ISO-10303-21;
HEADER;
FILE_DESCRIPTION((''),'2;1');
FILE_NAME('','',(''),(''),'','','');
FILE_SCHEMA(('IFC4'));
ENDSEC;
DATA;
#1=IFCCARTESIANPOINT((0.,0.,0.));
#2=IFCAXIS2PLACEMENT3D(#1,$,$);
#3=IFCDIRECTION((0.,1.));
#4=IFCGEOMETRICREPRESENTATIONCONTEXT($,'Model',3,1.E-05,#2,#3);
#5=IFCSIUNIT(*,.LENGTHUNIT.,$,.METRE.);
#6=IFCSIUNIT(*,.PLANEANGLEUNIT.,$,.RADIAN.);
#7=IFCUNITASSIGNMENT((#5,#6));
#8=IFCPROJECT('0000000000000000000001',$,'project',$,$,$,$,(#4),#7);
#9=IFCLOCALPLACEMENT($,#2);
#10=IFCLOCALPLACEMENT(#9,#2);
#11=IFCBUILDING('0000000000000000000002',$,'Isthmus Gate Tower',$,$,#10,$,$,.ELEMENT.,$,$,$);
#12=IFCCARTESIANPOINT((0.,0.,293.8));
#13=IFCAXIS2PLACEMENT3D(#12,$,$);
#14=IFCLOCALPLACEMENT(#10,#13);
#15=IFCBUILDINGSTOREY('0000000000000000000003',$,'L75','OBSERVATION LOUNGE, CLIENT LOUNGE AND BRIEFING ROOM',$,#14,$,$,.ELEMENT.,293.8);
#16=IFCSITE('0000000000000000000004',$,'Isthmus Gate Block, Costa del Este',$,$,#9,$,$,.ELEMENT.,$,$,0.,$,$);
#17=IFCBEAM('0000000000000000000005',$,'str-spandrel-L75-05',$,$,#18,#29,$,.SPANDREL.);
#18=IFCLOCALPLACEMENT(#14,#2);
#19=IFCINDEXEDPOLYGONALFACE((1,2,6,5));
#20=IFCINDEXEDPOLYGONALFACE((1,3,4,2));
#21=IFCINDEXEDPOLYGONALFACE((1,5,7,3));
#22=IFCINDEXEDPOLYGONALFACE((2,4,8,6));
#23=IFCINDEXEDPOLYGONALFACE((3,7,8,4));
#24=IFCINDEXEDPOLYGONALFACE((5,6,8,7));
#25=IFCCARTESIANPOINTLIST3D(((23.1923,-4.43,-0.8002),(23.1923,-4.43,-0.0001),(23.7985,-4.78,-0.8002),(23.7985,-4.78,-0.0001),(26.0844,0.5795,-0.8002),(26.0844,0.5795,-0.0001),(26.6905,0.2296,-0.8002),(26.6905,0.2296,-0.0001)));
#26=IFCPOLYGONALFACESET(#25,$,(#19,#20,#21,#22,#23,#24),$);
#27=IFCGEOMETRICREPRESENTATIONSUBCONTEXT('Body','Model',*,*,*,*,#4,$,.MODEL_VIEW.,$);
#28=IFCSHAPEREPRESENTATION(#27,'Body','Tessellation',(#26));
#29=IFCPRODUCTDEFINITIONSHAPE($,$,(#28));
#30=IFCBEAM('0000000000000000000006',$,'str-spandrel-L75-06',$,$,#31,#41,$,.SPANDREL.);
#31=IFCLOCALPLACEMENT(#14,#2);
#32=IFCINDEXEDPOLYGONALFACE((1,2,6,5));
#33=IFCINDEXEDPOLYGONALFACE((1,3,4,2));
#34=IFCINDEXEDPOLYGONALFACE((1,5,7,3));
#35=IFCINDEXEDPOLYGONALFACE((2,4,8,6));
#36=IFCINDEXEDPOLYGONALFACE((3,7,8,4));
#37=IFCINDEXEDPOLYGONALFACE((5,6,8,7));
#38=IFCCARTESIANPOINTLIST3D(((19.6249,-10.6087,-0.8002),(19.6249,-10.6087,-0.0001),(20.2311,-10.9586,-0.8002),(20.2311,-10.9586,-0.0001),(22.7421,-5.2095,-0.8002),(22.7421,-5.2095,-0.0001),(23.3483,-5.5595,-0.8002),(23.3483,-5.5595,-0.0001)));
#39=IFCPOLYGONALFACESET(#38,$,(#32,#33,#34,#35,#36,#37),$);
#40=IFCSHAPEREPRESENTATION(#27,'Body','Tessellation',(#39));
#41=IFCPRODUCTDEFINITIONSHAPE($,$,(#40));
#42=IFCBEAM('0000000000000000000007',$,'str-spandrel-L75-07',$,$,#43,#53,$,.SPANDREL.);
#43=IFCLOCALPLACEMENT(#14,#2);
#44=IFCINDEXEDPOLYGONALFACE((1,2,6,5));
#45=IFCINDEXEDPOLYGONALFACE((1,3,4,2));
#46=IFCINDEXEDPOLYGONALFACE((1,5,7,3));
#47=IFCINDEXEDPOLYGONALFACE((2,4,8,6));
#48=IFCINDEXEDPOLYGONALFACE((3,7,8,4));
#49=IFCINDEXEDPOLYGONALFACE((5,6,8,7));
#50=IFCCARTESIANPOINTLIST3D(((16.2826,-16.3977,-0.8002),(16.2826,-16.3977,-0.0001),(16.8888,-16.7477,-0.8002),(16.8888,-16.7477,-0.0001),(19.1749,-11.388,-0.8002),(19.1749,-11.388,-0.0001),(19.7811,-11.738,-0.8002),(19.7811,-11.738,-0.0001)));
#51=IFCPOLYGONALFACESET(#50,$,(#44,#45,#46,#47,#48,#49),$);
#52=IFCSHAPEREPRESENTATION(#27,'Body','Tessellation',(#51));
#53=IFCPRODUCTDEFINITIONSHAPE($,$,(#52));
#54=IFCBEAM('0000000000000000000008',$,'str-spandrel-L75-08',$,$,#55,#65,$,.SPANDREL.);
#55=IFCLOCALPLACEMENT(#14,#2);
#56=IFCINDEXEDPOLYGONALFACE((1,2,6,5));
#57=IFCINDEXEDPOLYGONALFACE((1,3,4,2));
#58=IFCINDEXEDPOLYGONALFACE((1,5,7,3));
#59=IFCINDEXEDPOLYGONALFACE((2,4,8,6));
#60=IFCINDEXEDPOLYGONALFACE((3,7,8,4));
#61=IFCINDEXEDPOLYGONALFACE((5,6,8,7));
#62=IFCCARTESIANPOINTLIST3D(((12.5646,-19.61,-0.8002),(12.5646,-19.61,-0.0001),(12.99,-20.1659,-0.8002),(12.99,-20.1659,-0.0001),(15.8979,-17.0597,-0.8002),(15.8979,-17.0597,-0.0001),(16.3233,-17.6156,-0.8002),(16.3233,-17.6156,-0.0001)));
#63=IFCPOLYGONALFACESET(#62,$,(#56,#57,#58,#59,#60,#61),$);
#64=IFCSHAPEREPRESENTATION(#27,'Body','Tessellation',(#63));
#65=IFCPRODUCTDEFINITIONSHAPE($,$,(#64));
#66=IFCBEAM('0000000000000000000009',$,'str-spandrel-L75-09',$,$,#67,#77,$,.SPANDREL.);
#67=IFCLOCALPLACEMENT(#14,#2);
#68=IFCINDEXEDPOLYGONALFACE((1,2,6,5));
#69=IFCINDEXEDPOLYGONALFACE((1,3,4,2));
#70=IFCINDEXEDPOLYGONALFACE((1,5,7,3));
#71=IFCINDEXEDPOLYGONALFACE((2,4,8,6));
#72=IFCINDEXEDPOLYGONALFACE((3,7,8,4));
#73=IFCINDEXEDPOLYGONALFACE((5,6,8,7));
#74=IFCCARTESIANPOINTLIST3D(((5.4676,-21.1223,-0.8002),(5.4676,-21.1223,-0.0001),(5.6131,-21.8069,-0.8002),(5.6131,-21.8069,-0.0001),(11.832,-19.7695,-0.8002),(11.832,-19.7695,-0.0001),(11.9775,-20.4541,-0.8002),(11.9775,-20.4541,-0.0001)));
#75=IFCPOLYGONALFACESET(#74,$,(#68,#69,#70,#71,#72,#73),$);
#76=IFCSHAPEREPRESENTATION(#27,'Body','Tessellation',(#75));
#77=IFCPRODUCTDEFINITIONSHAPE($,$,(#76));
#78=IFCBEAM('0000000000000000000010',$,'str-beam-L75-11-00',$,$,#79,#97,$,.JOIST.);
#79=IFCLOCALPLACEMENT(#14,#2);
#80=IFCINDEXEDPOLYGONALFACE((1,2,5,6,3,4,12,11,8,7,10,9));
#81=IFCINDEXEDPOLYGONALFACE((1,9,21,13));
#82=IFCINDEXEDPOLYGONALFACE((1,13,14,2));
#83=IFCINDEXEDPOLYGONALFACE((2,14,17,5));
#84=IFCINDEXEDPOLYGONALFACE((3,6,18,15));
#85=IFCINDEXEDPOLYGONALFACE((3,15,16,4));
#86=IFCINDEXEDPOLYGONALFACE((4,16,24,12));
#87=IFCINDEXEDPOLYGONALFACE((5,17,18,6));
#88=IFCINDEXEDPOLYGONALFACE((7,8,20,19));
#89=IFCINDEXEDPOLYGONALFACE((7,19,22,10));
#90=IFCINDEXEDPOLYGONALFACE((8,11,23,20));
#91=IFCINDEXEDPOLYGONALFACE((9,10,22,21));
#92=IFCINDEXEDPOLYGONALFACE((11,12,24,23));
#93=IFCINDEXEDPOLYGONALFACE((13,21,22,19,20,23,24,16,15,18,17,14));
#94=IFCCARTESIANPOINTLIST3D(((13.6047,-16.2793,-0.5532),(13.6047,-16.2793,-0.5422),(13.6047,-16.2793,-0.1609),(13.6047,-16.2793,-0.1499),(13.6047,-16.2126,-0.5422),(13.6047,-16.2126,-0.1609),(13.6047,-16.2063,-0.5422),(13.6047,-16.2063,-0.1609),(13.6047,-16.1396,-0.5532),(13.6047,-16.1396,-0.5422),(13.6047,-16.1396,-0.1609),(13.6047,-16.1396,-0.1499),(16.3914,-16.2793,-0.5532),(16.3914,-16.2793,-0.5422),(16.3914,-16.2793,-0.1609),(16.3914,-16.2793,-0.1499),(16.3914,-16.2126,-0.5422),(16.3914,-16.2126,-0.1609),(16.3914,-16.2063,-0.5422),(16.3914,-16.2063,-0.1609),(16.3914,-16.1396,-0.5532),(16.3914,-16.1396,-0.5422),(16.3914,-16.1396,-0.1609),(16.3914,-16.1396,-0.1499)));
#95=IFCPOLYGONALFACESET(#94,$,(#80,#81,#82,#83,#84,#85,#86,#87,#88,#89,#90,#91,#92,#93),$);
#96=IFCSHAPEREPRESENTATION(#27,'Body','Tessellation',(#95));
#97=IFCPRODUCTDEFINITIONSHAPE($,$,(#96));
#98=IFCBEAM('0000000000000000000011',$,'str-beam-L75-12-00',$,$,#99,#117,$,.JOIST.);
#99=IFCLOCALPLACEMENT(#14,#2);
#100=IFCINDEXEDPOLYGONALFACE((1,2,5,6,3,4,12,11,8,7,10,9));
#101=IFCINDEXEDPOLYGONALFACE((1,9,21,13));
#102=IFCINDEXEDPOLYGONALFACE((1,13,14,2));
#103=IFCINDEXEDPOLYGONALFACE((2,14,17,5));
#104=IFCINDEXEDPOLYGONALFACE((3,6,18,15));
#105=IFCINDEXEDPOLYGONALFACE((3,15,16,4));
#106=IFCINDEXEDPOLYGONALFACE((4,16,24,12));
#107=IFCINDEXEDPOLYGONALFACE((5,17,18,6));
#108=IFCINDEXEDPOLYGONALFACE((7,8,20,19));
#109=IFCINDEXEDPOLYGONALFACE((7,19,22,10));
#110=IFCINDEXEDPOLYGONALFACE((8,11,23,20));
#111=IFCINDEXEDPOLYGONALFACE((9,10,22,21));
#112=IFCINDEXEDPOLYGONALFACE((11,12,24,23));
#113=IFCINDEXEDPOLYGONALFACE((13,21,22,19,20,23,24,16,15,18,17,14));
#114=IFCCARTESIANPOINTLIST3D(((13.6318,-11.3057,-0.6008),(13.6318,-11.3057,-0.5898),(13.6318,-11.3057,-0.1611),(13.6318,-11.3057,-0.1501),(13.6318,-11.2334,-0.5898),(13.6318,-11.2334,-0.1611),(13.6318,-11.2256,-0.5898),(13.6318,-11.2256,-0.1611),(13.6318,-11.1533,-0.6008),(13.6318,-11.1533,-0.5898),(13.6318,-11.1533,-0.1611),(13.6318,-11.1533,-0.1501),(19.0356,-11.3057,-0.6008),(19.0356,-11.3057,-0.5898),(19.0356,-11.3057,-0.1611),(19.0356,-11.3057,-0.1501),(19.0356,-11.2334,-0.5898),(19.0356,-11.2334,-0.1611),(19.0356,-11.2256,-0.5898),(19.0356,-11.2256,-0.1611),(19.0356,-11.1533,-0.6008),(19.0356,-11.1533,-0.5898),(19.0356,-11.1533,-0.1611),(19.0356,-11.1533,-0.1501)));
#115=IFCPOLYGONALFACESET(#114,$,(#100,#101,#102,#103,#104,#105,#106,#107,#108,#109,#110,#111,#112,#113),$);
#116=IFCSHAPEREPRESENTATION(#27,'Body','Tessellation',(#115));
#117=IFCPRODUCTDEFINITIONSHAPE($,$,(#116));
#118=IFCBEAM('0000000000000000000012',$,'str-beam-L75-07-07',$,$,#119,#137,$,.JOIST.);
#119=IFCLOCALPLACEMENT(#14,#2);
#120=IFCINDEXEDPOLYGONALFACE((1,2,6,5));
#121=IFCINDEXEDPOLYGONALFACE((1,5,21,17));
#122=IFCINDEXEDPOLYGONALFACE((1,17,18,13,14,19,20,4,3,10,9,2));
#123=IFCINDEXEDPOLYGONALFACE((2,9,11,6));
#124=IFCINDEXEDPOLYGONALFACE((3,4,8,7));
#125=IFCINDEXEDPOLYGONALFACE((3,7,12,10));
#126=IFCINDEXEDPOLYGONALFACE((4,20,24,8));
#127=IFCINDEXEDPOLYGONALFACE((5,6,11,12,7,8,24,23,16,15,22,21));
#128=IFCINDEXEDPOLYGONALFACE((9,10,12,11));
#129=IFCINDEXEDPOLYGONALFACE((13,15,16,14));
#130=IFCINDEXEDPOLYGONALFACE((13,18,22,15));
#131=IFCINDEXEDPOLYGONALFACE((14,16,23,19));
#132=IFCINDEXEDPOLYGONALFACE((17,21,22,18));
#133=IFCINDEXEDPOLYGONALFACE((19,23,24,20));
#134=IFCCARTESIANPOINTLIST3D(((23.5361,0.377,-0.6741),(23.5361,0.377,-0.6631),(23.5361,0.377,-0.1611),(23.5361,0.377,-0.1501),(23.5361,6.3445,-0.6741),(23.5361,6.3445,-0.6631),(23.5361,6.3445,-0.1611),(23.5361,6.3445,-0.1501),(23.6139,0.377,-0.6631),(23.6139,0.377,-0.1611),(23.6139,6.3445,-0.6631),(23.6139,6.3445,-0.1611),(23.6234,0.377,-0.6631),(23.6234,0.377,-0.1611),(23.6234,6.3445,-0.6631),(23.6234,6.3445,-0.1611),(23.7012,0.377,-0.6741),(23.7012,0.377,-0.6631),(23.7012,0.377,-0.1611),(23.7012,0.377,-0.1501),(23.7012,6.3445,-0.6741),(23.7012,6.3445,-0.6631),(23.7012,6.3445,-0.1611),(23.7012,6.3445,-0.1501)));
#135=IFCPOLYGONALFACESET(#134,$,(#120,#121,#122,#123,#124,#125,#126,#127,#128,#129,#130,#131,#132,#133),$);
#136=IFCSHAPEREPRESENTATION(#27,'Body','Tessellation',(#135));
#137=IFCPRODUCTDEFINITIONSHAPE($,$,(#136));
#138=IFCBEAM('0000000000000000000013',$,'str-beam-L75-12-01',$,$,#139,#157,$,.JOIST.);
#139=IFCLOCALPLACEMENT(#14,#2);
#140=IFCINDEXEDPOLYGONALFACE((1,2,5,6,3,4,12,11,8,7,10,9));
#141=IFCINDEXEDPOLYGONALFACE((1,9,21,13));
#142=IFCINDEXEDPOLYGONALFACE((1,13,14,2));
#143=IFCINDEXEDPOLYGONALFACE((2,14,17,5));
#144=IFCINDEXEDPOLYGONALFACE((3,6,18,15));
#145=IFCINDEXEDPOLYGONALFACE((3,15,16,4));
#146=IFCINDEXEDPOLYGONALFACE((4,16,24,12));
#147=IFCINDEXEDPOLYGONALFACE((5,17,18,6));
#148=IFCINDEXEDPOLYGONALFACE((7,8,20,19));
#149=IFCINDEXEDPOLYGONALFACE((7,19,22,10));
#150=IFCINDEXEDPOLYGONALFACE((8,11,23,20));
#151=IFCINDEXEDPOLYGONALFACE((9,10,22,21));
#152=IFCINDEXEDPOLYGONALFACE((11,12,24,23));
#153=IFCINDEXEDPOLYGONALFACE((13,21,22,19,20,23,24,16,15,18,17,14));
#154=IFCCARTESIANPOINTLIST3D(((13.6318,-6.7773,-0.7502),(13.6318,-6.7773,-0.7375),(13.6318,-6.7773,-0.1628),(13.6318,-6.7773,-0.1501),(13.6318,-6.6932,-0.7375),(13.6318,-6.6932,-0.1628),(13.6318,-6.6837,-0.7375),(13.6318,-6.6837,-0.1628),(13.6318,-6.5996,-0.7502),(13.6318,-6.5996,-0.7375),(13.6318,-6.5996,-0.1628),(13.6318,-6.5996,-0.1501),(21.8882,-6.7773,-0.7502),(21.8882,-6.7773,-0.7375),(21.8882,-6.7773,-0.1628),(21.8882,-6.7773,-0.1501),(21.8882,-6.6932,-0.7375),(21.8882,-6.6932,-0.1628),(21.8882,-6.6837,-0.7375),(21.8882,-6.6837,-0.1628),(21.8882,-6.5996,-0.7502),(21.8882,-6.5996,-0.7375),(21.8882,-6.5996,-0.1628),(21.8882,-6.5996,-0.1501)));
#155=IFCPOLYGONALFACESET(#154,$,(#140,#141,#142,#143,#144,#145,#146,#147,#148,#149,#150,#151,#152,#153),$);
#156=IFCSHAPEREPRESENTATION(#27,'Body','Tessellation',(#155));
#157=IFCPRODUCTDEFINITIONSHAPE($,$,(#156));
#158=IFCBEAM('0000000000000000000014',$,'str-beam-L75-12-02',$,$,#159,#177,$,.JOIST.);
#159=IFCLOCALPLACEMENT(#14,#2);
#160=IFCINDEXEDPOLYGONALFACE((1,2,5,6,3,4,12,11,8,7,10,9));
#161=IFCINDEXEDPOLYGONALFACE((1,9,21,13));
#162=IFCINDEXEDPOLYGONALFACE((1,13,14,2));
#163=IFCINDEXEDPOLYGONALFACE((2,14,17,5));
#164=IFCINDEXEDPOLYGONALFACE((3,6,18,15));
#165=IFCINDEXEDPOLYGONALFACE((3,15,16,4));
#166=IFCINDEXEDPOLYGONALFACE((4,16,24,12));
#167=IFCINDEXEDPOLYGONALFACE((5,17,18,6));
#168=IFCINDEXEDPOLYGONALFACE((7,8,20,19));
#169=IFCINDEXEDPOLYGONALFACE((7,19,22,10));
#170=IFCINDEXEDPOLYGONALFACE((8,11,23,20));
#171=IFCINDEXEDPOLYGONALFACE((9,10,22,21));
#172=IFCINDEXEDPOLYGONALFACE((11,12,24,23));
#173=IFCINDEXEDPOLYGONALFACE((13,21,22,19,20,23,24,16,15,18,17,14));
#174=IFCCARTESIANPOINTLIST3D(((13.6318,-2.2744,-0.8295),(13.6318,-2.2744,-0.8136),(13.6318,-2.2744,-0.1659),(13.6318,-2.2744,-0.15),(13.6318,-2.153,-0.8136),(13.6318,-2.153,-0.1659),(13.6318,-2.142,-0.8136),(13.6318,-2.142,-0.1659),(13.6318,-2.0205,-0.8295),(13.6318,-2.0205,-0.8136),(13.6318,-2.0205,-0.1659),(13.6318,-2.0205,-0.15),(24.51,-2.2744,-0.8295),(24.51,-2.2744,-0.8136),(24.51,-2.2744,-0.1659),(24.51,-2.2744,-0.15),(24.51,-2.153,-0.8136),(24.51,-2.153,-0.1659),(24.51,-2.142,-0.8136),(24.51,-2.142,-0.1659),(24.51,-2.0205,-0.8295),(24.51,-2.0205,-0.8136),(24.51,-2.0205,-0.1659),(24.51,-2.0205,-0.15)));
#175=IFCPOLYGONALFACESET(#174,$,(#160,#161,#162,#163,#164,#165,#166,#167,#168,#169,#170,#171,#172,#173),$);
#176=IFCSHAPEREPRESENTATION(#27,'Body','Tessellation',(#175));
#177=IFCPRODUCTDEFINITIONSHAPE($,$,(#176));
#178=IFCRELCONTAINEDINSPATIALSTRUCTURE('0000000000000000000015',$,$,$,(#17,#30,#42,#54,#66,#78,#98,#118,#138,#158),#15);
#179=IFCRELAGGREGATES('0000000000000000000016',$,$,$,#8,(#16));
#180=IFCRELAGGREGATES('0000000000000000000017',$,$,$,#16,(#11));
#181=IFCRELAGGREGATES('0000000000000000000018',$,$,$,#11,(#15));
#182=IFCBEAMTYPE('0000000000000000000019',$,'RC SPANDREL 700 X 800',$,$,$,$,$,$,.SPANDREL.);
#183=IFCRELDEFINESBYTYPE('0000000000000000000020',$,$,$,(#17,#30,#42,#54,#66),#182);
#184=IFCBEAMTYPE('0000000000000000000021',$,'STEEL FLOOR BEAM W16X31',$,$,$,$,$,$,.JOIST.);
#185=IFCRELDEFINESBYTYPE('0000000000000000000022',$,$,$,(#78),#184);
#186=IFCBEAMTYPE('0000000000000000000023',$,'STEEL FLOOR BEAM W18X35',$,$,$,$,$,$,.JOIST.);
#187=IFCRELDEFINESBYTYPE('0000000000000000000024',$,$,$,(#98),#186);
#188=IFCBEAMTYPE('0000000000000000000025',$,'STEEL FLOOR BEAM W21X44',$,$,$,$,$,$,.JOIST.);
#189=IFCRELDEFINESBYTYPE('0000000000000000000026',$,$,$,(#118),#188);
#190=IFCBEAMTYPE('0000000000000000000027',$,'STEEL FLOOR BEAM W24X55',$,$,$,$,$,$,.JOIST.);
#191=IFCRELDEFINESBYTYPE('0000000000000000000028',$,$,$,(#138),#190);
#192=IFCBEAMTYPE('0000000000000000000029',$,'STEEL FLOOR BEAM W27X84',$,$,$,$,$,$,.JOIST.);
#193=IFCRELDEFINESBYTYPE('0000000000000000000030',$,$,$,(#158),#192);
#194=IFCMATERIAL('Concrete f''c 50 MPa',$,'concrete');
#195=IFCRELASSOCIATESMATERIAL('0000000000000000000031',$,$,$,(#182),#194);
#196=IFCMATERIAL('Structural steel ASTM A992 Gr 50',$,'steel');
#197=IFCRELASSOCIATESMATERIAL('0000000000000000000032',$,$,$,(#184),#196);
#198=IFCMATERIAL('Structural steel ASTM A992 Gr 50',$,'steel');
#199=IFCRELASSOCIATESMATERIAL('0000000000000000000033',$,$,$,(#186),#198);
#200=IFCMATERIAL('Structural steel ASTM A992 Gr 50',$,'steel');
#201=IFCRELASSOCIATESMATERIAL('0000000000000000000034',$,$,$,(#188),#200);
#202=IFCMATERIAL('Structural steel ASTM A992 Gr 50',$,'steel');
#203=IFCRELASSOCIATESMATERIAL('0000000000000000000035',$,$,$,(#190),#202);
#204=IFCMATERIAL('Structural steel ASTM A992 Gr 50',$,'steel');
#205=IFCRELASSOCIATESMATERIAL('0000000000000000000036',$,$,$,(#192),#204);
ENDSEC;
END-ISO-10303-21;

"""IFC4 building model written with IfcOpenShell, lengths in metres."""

from ifc_helpers import new_model, si_unit, direction, frame, origin, origin_2d, place, context, subcontext, project, spatial, rectangle, i_section, extrude, material, material_profile, profile_set, type_object, element, save


model = new_model("IFC4")

# Units and contexts
model_context = context("Model", 3, precision=1e-05, world=origin(), true_north=direction((0.0, 1.0)))
body_context = subcontext(model_context, "Body", "Model", "MODEL_VIEW")
ifc_project = project(units=[si_unit("LENGTHUNIT", "METRE"), si_unit("PLANEANGLEUNIT", "RADIAN")], contexts=[model_context])

# Site, building, storey
site_placement = place(None, origin())
site = spatial("IfcSite", under=ifc_project, at=site_placement, Name="Isthmus Gate Block, Costa del Este", CompositionType="ELEMENT", RefElevation=0.0)
building_placement = place(site_placement, origin())
building = spatial("IfcBuilding", under=site, at=building_placement, Name="Isthmus Gate Tower", CompositionType="ELEMENT")
storey_placement = place(building_placement, frame((0.0, 0.0, 293.8)))
storey = spatial("IfcBuildingStorey", under=building, at=storey_placement, Name="L75", Description="OBSERVATION LOUNGE, CLIENT LOUNGE AND BRIEFING ROOM", CompositionType="ELEMENT", Elevation=293.8)

# Beams
ifc_material_1 = material(Name="Concrete f'c 50 MPa", Category="concrete")
ifc_material_profile_1 = material_profile(ifc_material_1, rectangle(XDim=0.7, YDim=0.8, at=origin_2d()), Name="RC 700X800")
ifc_profile_set_1 = profile_set([ifc_material_profile_1], Name="Concrete f'c 50 MPa")
beam_type_1 = type_object("IfcBeamType", Name="RC SPANDREL 700 X 800", PredefinedType="SPANDREL", material=ifc_profile_set_1)
beam_1_placement = place(storey_placement, frame((26.3875, 0.4045, -0.4001), z_axis=(-0.499979, -0.866037, 0.0), x_axis=(0.866037, -0.499979, 0.0)))
element("IfcBeam", 1, at=beam_1_placement, inside=storey, type_object=beam_type_1, Name="str-spandrel-L75-05", PredefinedType="SPANDREL", context=body_context, shape_type="SweptSolid", body=[
    extrude(rectangle(XDim=0.7, YDim=0.8, at=origin_2d()), origin(), (0.0, 0.0, 1.0), 5.7844),
])
beam_2_placement = place(storey_placement, frame((23.0452, -5.3845, -0.4001), z_axis=(-0.499997, -0.866027, 0.0), x_axis=(0.866027, -0.499997, 0.0)))
element("IfcBeam", 2, at=beam_2_placement, inside=storey, type_object=beam_type_1, Name="str-spandrel-L75-06", PredefinedType="SPANDREL", context=body_context, shape_type="SweptSolid", body=[
    extrude(rectangle(XDim=0.7, YDim=0.8, at=origin_2d()), origin(), (0.0, 0.0, 1.0), 6.2344),
])
beam_3_placement = place(storey_placement, frame((19.478, -11.563, -0.4001), z_axis=(-0.499993, -0.86603, 0.0), x_axis=(0.86603, -0.499993, 0.0)))
element("IfcBeam", 3, at=beam_3_placement, inside=storey, type_object=beam_type_1, Name="str-spandrel-L75-07", PredefinedType="SPANDREL", context=body_context, shape_type="SweptSolid", body=[
    extrude(rectangle(XDim=0.7, YDim=0.8, at=origin_2d()), origin(), (0.0, 0.0, 1.0), 5.7847),
])
beam_4_placement = place(storey_placement, frame((16.1106, -17.3376, -0.4001), z_axis=(-0.794204, -0.607651, 0.0), x_axis=(0.607651, -0.794204, 0.0)))
element("IfcBeam", 4, at=beam_4_placement, inside=storey, type_object=beam_type_1, Name="str-spandrel-L75-08", PredefinedType="SPANDREL", context=body_context, shape_type="SweptSolid", body=[
    extrude(rectangle(XDim=0.7, YDim=0.8, at=origin_2d()), origin(), (0.0, 0.0, 1.0), 4.197),
])
beam_5_placement = place(storey_placement, frame((11.9048, -20.1118, -0.4001), z_axis=(-0.978149, -0.207907, 0.0), x_axis=(0.207907, -0.978149, 0.0)))
element("IfcBeam", 5, at=beam_5_placement, inside=storey, type_object=beam_type_1, Name="str-spandrel-L75-09", PredefinedType="SPANDREL", context=body_context, shape_type="SweptSolid", body=[
    extrude(rectangle(XDim=0.7, YDim=0.8, at=origin_2d()), origin(), (0.0, 0.0, 1.0), 6.5066),
])
ifc_material_2 = material(Name="Structural steel ASTM A992 Gr 50", Category="steel")
ifc_material_profile_2 = material_profile(ifc_material_2, i_section(OverallWidth=0.1396, OverallDepth=0.4033, WebThickness=0.0063, FlangeThickness=0.011, at=origin_2d()), Name="W16X31")
ifc_profile_set_2 = profile_set([ifc_material_profile_2], Name="Structural steel ASTM A992 Gr 50")
beam_type_2 = type_object("IfcBeamType", Name="STEEL FLOOR BEAM W16X31", PredefinedType="JOIST", material=ifc_profile_set_2)
beam_6_placement = place(storey_placement, frame((13.6047, -16.2095, -0.3516), z_axis=(1.0, 0.0, 0.0), x_axis=(0.0, 1.0, 0.0)))
element("IfcBeam", 6, at=beam_6_placement, inside=storey, type_object=beam_type_2, Name="str-beam-L75-11-00", PredefinedType="JOIST", context=body_context, shape_type="SweptSolid", body=[
    extrude(i_section(OverallWidth=0.1396, OverallDepth=0.4033, WebThickness=0.0063, FlangeThickness=0.011, at=origin_2d()), origin(), (0.0, 0.0, 1.0), 2.7866),
])
ifc_material_3 = material(Name="Structural steel ASTM A992 Gr 50", Category="steel")
ifc_material_profile_3 = material_profile(ifc_material_3, i_section(OverallWidth=0.1523, OverallDepth=0.4507, WebThickness=0.0078, FlangeThickness=0.011, at=origin_2d()), Name="W18X35")
ifc_profile_set_3 = profile_set([ifc_material_profile_3], Name="Structural steel ASTM A992 Gr 50")
beam_type_3 = type_object("IfcBeamType", Name="STEEL FLOOR BEAM W18X35", PredefinedType="JOIST", material=ifc_profile_set_3)
beam_7_placement = place(storey_placement, frame((13.6318, -11.2295, -0.3755), z_axis=(1.0, 0.0, 0.0), x_axis=(0.0, 1.0, 0.0)))
element("IfcBeam", 7, at=beam_7_placement, inside=storey, type_object=beam_type_3, Name="str-beam-L75-12-00", PredefinedType="JOIST", context=body_context, shape_type="SweptSolid", body=[
    extrude(i_section(OverallWidth=0.1523, OverallDepth=0.4507, WebThickness=0.0078, FlangeThickness=0.011, at=origin_2d()), origin(), (0.0, 0.0, 1.0), 5.4038),
])
ifc_material_4 = material(Name="Structural steel ASTM A992 Gr 50", Category="steel")
ifc_material_profile_4 = material_profile(ifc_material_4, i_section(OverallWidth=0.165, OverallDepth=0.5239, WebThickness=0.0095, FlangeThickness=0.011, at=origin_2d()), Name="W21X44")
ifc_profile_set_4 = profile_set([ifc_material_profile_4], Name="Structural steel ASTM A992 Gr 50")
beam_type_4 = type_object("IfcBeamType", Name="STEEL FLOOR BEAM W21X44", PredefinedType="JOIST", material=ifc_profile_set_4)
beam_8_placement = place(storey_placement, frame((23.6187, 0.377, -0.4121), z_axis=(0.0, 1.0, 0.0), x_axis=(-1.0, 0.0, 0.0)))
element("IfcBeam", 8, at=beam_8_placement, inside=storey, type_object=beam_type_4, Name="str-beam-L75-07-07", PredefinedType="JOIST", context=body_context, shape_type="SweptSolid", body=[
    extrude(i_section(OverallWidth=0.165, OverallDepth=0.5239, WebThickness=0.0095, FlangeThickness=0.011, at=origin_2d()), origin(), (0.0, 0.0, 1.0), 5.9675),
])
ifc_material_5 = material(Name="Structural steel ASTM A992 Gr 50", Category="steel")
ifc_material_profile_5 = material_profile(ifc_material_5, i_section(OverallWidth=0.1777, OverallDepth=0.6001, WebThickness=0.0095, FlangeThickness=0.0127, at=origin_2d()), Name="W24X55")
ifc_profile_set_5 = profile_set([ifc_material_profile_5], Name="Structural steel ASTM A992 Gr 50")
beam_type_5 = type_object("IfcBeamType", Name="STEEL FLOOR BEAM W24X55", PredefinedType="JOIST", material=ifc_profile_set_5)
beam_9_placement = place(storey_placement, frame((13.6318, -6.6885, -0.4502), z_axis=(1.0, 0.0, 0.0), x_axis=(0.0, 1.0, 0.0)))
element("IfcBeam", 9, at=beam_9_placement, inside=storey, type_object=beam_type_5, Name="str-beam-L75-12-01", PredefinedType="JOIST", context=body_context, shape_type="SweptSolid", body=[
    extrude(i_section(OverallWidth=0.1777, OverallDepth=0.6001, WebThickness=0.0095, FlangeThickness=0.0127, at=origin_2d()), origin(), (0.0, 0.0, 1.0), 8.2563),
])
ifc_material_6 = material(Name="Structural steel ASTM A992 Gr 50", Category="steel")
ifc_material_profile_6 = material_profile(ifc_material_6, i_section(OverallWidth=0.2539, OverallDepth=0.6794, WebThickness=0.011, FlangeThickness=0.0159, at=origin_2d()), Name="W27X84")
ifc_profile_set_6 = profile_set([ifc_material_profile_6], Name="Structural steel ASTM A992 Gr 50")
beam_type_6 = type_object("IfcBeamType", Name="STEEL FLOOR BEAM W27X84", PredefinedType="JOIST", material=ifc_profile_set_6)
beam_10_placement = place(storey_placement, frame((13.6318, -2.1475, -0.4897), z_axis=(1.0, 0.0, 0.0), x_axis=(0.0, 1.0, 0.0)))
element("IfcBeam", 10, at=beam_10_placement, inside=storey, type_object=beam_type_6, Name="str-beam-L75-12-02", PredefinedType="JOIST", context=body_context, shape_type="SweptSolid", body=[
    extrude(i_section(OverallWidth=0.2539, OverallDepth=0.6794, WebThickness=0.011, FlangeThickness=0.0159, at=origin_2d()), origin(), (0.0, 0.0, 1.0), 10.8782),
])

save(model, "model.ifc")
